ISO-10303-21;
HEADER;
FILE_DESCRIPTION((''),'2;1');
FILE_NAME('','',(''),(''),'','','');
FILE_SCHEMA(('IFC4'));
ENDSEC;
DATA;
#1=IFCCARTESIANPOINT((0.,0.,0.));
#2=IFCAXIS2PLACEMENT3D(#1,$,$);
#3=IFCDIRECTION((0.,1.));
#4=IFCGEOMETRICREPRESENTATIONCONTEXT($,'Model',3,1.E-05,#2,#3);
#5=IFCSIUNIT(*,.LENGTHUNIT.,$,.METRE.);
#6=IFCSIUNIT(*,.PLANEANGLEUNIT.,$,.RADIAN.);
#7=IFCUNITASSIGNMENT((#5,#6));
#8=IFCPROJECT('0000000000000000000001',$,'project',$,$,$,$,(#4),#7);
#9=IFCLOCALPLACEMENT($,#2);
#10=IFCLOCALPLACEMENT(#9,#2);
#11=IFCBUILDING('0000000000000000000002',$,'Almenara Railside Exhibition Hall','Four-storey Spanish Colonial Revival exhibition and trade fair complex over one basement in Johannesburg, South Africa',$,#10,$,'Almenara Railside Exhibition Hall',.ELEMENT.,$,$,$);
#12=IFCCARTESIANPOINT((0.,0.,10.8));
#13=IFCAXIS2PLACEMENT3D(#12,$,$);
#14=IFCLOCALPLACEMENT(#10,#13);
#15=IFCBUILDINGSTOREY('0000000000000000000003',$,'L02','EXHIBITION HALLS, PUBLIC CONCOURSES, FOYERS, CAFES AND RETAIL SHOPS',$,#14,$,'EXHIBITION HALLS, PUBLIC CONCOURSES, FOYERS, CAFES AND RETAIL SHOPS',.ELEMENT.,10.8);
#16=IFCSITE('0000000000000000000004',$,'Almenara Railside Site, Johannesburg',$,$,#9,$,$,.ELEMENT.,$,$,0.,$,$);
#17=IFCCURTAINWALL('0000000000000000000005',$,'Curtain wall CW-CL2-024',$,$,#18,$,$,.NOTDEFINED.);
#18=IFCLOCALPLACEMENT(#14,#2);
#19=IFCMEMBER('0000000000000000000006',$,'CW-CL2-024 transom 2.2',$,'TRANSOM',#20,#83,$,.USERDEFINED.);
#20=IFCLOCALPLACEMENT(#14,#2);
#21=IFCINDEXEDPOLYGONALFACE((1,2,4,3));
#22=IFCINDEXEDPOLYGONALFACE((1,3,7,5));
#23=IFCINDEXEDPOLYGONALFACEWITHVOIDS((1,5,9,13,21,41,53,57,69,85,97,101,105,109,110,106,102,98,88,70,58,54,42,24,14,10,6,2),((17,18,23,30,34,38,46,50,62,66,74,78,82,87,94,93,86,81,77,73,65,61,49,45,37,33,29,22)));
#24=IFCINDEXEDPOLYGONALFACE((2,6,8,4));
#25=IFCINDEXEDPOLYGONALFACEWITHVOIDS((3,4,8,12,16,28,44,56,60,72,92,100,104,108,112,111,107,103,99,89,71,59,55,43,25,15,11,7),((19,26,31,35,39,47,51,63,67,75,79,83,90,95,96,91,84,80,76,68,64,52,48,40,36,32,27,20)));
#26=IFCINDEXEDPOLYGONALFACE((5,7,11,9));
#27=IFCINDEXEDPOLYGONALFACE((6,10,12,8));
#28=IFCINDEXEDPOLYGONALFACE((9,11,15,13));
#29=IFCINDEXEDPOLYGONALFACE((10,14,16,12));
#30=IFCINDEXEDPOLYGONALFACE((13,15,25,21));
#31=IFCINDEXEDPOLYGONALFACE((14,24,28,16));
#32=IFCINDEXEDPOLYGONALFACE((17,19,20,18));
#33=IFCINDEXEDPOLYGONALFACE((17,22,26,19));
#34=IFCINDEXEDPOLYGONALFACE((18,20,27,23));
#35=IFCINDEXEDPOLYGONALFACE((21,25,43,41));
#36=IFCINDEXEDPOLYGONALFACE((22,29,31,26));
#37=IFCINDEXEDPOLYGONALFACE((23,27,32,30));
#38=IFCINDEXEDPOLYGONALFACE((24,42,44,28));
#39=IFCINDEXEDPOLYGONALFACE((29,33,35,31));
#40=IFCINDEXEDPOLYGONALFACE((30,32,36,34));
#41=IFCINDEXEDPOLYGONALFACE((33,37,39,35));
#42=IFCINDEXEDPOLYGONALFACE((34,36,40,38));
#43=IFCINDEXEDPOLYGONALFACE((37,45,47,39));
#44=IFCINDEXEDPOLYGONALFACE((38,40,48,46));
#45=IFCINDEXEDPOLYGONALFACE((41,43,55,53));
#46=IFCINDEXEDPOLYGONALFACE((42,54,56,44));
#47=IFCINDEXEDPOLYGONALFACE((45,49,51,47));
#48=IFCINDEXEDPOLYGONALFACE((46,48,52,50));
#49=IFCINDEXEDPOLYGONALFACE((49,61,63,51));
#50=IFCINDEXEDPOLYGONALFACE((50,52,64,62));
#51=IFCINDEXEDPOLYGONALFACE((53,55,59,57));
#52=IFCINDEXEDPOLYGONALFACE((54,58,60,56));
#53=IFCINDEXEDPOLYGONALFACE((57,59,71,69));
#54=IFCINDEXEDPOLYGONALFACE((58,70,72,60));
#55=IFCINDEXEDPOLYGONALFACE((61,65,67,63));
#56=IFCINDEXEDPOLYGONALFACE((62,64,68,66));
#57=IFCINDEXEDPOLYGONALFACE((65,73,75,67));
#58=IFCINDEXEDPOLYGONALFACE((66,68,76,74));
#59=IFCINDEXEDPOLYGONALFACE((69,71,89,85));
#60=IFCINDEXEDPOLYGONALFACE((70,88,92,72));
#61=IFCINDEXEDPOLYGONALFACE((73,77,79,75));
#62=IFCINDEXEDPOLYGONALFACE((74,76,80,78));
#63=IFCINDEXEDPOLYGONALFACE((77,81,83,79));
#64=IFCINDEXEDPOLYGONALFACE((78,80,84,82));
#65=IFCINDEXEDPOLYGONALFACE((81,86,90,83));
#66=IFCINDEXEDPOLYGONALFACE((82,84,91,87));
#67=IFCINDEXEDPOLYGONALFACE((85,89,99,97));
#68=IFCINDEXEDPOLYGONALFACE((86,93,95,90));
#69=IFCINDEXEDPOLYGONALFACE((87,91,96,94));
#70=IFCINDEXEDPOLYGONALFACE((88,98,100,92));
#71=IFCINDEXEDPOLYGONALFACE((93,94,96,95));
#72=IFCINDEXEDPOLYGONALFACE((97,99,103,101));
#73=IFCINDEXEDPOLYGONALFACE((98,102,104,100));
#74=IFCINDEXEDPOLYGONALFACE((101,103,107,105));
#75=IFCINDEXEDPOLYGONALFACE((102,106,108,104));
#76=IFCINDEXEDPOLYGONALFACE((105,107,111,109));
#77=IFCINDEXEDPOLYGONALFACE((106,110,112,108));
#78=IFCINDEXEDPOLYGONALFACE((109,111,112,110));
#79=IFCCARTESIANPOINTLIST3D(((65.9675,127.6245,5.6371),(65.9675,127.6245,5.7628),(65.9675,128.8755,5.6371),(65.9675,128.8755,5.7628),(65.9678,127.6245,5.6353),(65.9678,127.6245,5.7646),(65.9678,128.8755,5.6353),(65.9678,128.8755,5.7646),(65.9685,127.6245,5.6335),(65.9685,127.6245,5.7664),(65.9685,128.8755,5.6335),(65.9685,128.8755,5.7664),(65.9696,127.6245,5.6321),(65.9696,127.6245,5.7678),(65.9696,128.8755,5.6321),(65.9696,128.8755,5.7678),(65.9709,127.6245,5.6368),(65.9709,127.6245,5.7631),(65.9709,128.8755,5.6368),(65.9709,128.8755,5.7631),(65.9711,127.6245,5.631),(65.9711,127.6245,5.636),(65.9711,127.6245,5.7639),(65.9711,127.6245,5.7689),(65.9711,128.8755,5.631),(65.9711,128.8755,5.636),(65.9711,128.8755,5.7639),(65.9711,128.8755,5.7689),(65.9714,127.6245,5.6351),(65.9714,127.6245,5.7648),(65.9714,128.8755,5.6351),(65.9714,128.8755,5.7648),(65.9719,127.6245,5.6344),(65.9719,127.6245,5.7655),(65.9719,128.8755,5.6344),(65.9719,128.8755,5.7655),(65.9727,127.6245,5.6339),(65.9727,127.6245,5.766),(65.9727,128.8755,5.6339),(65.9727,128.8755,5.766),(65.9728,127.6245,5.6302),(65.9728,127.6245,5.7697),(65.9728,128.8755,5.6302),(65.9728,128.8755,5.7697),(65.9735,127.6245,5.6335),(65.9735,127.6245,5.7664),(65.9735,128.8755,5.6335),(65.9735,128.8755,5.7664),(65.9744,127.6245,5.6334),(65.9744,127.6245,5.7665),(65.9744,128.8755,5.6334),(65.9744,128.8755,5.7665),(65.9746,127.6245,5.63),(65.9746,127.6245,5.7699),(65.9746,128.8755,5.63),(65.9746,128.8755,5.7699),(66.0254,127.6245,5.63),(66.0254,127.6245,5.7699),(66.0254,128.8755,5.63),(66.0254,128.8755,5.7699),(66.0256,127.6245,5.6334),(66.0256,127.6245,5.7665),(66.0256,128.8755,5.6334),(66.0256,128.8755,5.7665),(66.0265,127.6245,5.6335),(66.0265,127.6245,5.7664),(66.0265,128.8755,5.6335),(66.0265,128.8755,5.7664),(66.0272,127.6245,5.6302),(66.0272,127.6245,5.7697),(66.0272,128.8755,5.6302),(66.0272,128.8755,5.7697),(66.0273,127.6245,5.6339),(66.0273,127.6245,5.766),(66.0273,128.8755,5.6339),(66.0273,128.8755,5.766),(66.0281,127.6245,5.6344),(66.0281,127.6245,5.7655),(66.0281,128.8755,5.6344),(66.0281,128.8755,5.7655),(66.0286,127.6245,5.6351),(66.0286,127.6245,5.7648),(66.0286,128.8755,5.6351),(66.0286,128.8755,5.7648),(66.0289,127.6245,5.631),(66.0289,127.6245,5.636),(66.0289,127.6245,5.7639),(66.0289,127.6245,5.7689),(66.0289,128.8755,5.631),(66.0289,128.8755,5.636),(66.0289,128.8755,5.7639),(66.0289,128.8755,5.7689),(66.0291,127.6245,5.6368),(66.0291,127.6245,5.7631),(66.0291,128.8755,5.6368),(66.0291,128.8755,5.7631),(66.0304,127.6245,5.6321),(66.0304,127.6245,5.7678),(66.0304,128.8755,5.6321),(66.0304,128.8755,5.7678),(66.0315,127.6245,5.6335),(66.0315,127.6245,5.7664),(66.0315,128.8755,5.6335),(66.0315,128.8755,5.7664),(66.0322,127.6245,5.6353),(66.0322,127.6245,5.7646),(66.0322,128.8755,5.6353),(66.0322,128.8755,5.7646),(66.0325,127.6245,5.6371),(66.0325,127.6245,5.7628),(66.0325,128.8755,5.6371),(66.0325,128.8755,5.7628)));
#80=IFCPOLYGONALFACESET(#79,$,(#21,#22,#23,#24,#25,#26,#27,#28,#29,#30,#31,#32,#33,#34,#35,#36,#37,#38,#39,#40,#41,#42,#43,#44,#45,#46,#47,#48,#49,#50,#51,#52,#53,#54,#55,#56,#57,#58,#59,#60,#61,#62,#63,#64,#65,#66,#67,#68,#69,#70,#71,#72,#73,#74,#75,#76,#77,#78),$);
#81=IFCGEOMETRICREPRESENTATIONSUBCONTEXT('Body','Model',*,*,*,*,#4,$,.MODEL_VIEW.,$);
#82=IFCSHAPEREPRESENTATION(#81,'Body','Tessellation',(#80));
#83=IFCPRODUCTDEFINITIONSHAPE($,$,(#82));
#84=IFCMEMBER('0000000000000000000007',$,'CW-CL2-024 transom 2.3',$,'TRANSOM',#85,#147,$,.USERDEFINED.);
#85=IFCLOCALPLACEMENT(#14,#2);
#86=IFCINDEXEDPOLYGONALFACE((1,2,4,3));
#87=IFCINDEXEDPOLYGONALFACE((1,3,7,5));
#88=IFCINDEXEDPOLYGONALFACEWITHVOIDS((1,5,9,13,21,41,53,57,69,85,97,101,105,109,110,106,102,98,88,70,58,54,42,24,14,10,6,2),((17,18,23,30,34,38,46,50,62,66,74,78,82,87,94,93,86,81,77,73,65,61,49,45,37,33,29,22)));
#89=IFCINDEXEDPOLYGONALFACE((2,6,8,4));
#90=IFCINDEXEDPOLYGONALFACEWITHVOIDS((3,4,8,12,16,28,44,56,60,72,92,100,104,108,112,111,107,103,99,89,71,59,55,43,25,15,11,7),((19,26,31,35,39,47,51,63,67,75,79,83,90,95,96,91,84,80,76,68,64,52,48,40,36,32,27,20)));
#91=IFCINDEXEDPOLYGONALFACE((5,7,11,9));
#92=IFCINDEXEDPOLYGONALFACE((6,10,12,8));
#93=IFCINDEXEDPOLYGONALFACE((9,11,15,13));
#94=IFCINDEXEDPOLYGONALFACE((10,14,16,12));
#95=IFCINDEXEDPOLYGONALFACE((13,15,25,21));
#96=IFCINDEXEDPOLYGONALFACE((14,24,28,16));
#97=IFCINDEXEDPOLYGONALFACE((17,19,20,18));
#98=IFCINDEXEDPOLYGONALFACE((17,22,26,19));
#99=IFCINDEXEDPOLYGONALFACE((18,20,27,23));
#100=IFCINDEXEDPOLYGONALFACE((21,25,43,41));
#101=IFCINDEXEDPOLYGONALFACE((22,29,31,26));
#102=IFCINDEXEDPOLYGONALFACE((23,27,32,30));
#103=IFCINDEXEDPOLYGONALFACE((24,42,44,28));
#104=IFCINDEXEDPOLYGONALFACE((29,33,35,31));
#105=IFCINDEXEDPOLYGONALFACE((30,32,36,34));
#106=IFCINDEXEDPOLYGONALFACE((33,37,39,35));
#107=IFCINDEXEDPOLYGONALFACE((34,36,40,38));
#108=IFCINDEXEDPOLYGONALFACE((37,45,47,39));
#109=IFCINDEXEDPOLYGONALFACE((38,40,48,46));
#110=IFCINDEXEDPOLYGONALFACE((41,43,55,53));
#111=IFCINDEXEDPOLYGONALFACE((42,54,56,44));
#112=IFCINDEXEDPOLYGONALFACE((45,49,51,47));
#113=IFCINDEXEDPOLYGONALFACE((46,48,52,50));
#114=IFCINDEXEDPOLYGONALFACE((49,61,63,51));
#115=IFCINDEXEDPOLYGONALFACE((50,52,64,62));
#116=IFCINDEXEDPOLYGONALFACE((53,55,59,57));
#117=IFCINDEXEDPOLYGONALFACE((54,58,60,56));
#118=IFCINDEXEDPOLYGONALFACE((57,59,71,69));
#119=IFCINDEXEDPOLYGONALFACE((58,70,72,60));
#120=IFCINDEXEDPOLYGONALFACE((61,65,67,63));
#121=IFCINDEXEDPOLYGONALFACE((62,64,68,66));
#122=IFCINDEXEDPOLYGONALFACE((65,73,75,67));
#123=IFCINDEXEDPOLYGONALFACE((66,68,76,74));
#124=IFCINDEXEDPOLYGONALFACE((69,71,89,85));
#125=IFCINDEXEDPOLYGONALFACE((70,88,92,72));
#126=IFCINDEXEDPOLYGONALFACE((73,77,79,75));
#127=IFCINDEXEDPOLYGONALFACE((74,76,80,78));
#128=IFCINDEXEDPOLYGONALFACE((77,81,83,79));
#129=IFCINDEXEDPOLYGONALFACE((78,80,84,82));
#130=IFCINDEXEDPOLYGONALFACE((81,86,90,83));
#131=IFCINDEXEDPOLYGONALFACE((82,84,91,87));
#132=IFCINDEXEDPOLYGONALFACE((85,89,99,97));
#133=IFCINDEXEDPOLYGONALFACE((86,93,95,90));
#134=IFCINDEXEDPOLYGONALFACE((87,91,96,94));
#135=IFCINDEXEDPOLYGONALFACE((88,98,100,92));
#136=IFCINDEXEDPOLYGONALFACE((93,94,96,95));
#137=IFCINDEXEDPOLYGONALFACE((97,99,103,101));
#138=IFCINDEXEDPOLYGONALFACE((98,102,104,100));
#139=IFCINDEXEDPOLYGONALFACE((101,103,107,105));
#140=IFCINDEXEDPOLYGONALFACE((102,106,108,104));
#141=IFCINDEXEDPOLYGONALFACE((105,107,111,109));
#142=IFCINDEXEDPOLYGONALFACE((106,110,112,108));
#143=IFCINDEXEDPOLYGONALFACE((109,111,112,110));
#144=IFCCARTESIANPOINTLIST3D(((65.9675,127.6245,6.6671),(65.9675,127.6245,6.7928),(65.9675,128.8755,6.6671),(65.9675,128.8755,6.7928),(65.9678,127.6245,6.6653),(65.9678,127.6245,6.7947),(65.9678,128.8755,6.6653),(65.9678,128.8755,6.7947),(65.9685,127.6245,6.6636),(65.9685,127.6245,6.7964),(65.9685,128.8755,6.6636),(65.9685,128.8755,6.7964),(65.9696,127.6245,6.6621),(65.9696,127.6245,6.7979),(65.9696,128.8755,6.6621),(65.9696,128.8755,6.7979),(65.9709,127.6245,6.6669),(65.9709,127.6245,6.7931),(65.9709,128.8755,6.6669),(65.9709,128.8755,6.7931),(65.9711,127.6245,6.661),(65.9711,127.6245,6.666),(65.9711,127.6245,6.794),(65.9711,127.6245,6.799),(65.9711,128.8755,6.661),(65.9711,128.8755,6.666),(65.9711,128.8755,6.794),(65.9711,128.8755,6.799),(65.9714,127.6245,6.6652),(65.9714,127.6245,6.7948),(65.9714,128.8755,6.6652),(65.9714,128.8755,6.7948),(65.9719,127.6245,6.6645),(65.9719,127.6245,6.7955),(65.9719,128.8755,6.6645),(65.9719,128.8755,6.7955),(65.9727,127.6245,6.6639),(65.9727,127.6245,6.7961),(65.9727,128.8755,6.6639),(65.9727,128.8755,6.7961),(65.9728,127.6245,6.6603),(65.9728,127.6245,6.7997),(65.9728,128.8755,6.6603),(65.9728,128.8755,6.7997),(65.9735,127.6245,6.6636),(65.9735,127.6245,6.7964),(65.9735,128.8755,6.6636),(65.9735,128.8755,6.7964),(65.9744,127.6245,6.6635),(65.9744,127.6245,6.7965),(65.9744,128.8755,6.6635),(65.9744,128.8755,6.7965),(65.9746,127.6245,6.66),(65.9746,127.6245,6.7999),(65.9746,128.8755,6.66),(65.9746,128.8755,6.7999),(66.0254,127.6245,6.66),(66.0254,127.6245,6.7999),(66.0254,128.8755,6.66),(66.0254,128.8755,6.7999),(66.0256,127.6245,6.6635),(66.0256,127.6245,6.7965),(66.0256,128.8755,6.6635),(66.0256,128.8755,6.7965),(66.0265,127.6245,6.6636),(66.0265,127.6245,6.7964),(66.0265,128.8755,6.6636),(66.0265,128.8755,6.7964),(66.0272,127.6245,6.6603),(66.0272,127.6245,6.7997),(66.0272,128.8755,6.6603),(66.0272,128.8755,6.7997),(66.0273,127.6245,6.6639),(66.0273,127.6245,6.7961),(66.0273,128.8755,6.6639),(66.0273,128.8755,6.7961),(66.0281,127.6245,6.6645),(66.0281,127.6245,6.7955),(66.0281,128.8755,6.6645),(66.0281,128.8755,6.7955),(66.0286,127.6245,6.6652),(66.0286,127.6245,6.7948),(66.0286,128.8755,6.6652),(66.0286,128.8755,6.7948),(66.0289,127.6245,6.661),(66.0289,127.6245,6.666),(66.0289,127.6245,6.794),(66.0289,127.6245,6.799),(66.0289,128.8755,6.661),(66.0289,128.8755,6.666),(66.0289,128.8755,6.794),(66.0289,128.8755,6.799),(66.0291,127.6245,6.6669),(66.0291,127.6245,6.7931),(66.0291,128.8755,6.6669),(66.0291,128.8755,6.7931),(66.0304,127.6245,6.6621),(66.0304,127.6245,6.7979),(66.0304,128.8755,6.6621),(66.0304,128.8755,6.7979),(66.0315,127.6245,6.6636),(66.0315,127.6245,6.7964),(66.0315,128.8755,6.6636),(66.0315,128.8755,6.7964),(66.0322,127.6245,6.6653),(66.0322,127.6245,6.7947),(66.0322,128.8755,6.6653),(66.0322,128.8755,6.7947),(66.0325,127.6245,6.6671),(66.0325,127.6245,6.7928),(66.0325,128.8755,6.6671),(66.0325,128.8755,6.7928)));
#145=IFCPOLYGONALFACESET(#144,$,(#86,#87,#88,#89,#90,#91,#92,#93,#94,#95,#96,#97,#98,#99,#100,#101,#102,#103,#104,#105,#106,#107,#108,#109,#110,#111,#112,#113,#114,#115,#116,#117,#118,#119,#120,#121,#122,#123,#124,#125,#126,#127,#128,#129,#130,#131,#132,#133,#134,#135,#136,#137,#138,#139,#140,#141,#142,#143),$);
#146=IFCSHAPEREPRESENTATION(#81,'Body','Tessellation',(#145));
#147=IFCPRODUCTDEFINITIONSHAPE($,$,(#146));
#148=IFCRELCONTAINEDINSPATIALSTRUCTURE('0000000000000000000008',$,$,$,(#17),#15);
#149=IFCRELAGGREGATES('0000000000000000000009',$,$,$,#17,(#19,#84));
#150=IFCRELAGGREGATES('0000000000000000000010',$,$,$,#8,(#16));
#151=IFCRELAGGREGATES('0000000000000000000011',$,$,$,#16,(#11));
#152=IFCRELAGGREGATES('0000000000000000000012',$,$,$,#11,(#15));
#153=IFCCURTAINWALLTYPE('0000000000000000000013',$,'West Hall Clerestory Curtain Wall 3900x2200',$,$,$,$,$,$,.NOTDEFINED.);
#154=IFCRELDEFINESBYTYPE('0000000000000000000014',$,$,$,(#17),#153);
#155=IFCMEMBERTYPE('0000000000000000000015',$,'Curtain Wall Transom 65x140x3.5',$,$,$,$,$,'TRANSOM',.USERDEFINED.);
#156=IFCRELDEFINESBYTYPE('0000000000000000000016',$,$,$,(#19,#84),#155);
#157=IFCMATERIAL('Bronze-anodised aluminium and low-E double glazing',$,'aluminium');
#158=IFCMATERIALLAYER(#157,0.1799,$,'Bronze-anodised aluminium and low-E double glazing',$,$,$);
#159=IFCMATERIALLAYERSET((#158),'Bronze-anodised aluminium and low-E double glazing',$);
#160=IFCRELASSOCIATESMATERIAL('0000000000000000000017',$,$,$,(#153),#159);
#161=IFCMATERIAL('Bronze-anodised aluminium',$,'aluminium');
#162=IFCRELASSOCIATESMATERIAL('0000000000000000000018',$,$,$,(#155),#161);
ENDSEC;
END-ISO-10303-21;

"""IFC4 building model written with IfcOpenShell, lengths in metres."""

from ifc_helpers import new_model, si_unit, direction, frame, origin, origin_2d, place, context, subcontext, project, spatial, hollow_rectangle, extrude, material, layer, layer_set, material_profile, profile_set, type_object, element, aggregate, save


model = new_model("IFC4")

# Units and contexts
model_context = context("Model", 3, precision=1e-05, world=origin(), true_north=direction((0.0, 1.0)))
body_context = subcontext(model_context, "Body", "Model", "MODEL_VIEW")
ifc_project = project(units=[si_unit("LENGTHUNIT", "METRE"), si_unit("PLANEANGLEUNIT", "RADIAN")], contexts=[model_context])

# Site, building, storey
site_placement = place(None, origin())
site = spatial("IfcSite", under=ifc_project, at=site_placement, Name="Almenara Railside Site, Johannesburg", CompositionType="ELEMENT", RefElevation=0.0)
building_placement = place(site_placement, origin())
building = spatial("IfcBuilding", under=site, at=building_placement, Name="Almenara Railside Exhibition Hall", Description="Four-storey Spanish Colonial Revival exhibition and trade fair complex over one basement in Johannesburg, South Africa", LongName="Almenara Railside Exhibition Hall", CompositionType="ELEMENT")
storey_placement = place(building_placement, frame((0.0, 0.0, 10.8)))
storey = spatial("IfcBuildingStorey", under=building, at=storey_placement, Name="L02", Description="EXHIBITION HALLS, PUBLIC CONCOURSES, FOYERS, CAFES AND RETAIL SHOPS", LongName="EXHIBITION HALLS, PUBLIC CONCOURSES, FOYERS, CAFES AND RETAIL SHOPS", CompositionType="ELEMENT", Elevation=10.8)

# Curtain wall
ifc_material_1 = material(Name="Bronze-anodised aluminium and low-E double glazing", Category="aluminium")
ifc_layer_1 = layer(ifc_material_1, 0.1799, Name="Bronze-anodised aluminium and low-E double glazing")
ifc_layer_set_1 = layer_set([ifc_layer_1], Name="Bronze-anodised aluminium and low-E double glazing")
curtain_wall_type = type_object("IfcCurtainWallType", Name="West Hall Clerestory Curtain Wall 3900x2200", PredefinedType="NOTDEFINED", material=ifc_layer_set_1)
curtain_wall_1_placement = place(storey_placement, origin())
curtain_wall_1 = element("IfcCurtainWall", 1, at=curtain_wall_1_placement, inside=storey, type_object=curtain_wall_type, Name="Curtain wall CW-CL2-024", PredefinedType="NOTDEFINED")
ifc_material_2 = material(Name="Bronze-anodised aluminium", Category="aluminium")

# Members
ifc_material_profile_1 = material_profile(ifc_material_2, hollow_rectangle(XDim=0.0649, YDim=0.1399, WallThickness=0.0034, InnerFilletRadius=0.0034, OuterFilletRadius=0.0071, at=origin_2d()), Name="ALU-TRN 65x140x3.5")
ifc_profile_set_1 = profile_set([ifc_material_profile_1], Name="Bronze-anodised aluminium")
member_type_1 = type_object("IfcMemberType", Name="Curtain Wall Transom 65x140x3.5", ElementType="TRANSOM", PredefinedType="USERDEFINED", material=ifc_profile_set_1)
member_1_placement = place(storey_placement, frame((66.0, 127.6245, 5.7), z_axis=(0.0, 1.0, 0.0), x_axis=(-1.0, 0.0, 0.0)))
member_1 = element("IfcMember", 2, at=member_1_placement, type_object=member_type_1, Name="CW-CL2-024 transom 2.2", ObjectType="TRANSOM", PredefinedType="USERDEFINED", context=body_context, shape_type="SweptSolid", body=[
    extrude(hollow_rectangle(XDim=0.0649, YDim=0.1399, WallThickness=0.0034, InnerFilletRadius=0.0034, OuterFilletRadius=0.0071, at=origin_2d()), origin(), (0.0, 0.0, 1.0), 1.251),
])
member_2_placement = place(storey_placement, frame((66.0, 127.6245, 6.73), z_axis=(0.0, 1.0, 0.0), x_axis=(-1.0, 0.0, 0.0)))
member_2 = element("IfcMember", 3, at=member_2_placement, type_object=member_type_1, Name="CW-CL2-024 transom 2.3", ObjectType="TRANSOM", PredefinedType="USERDEFINED", context=body_context, shape_type="SweptSolid", body=[
    extrude(hollow_rectangle(XDim=0.0649, YDim=0.1399, WallThickness=0.0034, InnerFilletRadius=0.0034, OuterFilletRadius=0.0071, at=origin_2d()), origin(), (0.0, 0.0, 1.0), 1.251),
])

aggregate(curtain_wall_1, [member_1, member_2])

save(model, "model.ifc")
